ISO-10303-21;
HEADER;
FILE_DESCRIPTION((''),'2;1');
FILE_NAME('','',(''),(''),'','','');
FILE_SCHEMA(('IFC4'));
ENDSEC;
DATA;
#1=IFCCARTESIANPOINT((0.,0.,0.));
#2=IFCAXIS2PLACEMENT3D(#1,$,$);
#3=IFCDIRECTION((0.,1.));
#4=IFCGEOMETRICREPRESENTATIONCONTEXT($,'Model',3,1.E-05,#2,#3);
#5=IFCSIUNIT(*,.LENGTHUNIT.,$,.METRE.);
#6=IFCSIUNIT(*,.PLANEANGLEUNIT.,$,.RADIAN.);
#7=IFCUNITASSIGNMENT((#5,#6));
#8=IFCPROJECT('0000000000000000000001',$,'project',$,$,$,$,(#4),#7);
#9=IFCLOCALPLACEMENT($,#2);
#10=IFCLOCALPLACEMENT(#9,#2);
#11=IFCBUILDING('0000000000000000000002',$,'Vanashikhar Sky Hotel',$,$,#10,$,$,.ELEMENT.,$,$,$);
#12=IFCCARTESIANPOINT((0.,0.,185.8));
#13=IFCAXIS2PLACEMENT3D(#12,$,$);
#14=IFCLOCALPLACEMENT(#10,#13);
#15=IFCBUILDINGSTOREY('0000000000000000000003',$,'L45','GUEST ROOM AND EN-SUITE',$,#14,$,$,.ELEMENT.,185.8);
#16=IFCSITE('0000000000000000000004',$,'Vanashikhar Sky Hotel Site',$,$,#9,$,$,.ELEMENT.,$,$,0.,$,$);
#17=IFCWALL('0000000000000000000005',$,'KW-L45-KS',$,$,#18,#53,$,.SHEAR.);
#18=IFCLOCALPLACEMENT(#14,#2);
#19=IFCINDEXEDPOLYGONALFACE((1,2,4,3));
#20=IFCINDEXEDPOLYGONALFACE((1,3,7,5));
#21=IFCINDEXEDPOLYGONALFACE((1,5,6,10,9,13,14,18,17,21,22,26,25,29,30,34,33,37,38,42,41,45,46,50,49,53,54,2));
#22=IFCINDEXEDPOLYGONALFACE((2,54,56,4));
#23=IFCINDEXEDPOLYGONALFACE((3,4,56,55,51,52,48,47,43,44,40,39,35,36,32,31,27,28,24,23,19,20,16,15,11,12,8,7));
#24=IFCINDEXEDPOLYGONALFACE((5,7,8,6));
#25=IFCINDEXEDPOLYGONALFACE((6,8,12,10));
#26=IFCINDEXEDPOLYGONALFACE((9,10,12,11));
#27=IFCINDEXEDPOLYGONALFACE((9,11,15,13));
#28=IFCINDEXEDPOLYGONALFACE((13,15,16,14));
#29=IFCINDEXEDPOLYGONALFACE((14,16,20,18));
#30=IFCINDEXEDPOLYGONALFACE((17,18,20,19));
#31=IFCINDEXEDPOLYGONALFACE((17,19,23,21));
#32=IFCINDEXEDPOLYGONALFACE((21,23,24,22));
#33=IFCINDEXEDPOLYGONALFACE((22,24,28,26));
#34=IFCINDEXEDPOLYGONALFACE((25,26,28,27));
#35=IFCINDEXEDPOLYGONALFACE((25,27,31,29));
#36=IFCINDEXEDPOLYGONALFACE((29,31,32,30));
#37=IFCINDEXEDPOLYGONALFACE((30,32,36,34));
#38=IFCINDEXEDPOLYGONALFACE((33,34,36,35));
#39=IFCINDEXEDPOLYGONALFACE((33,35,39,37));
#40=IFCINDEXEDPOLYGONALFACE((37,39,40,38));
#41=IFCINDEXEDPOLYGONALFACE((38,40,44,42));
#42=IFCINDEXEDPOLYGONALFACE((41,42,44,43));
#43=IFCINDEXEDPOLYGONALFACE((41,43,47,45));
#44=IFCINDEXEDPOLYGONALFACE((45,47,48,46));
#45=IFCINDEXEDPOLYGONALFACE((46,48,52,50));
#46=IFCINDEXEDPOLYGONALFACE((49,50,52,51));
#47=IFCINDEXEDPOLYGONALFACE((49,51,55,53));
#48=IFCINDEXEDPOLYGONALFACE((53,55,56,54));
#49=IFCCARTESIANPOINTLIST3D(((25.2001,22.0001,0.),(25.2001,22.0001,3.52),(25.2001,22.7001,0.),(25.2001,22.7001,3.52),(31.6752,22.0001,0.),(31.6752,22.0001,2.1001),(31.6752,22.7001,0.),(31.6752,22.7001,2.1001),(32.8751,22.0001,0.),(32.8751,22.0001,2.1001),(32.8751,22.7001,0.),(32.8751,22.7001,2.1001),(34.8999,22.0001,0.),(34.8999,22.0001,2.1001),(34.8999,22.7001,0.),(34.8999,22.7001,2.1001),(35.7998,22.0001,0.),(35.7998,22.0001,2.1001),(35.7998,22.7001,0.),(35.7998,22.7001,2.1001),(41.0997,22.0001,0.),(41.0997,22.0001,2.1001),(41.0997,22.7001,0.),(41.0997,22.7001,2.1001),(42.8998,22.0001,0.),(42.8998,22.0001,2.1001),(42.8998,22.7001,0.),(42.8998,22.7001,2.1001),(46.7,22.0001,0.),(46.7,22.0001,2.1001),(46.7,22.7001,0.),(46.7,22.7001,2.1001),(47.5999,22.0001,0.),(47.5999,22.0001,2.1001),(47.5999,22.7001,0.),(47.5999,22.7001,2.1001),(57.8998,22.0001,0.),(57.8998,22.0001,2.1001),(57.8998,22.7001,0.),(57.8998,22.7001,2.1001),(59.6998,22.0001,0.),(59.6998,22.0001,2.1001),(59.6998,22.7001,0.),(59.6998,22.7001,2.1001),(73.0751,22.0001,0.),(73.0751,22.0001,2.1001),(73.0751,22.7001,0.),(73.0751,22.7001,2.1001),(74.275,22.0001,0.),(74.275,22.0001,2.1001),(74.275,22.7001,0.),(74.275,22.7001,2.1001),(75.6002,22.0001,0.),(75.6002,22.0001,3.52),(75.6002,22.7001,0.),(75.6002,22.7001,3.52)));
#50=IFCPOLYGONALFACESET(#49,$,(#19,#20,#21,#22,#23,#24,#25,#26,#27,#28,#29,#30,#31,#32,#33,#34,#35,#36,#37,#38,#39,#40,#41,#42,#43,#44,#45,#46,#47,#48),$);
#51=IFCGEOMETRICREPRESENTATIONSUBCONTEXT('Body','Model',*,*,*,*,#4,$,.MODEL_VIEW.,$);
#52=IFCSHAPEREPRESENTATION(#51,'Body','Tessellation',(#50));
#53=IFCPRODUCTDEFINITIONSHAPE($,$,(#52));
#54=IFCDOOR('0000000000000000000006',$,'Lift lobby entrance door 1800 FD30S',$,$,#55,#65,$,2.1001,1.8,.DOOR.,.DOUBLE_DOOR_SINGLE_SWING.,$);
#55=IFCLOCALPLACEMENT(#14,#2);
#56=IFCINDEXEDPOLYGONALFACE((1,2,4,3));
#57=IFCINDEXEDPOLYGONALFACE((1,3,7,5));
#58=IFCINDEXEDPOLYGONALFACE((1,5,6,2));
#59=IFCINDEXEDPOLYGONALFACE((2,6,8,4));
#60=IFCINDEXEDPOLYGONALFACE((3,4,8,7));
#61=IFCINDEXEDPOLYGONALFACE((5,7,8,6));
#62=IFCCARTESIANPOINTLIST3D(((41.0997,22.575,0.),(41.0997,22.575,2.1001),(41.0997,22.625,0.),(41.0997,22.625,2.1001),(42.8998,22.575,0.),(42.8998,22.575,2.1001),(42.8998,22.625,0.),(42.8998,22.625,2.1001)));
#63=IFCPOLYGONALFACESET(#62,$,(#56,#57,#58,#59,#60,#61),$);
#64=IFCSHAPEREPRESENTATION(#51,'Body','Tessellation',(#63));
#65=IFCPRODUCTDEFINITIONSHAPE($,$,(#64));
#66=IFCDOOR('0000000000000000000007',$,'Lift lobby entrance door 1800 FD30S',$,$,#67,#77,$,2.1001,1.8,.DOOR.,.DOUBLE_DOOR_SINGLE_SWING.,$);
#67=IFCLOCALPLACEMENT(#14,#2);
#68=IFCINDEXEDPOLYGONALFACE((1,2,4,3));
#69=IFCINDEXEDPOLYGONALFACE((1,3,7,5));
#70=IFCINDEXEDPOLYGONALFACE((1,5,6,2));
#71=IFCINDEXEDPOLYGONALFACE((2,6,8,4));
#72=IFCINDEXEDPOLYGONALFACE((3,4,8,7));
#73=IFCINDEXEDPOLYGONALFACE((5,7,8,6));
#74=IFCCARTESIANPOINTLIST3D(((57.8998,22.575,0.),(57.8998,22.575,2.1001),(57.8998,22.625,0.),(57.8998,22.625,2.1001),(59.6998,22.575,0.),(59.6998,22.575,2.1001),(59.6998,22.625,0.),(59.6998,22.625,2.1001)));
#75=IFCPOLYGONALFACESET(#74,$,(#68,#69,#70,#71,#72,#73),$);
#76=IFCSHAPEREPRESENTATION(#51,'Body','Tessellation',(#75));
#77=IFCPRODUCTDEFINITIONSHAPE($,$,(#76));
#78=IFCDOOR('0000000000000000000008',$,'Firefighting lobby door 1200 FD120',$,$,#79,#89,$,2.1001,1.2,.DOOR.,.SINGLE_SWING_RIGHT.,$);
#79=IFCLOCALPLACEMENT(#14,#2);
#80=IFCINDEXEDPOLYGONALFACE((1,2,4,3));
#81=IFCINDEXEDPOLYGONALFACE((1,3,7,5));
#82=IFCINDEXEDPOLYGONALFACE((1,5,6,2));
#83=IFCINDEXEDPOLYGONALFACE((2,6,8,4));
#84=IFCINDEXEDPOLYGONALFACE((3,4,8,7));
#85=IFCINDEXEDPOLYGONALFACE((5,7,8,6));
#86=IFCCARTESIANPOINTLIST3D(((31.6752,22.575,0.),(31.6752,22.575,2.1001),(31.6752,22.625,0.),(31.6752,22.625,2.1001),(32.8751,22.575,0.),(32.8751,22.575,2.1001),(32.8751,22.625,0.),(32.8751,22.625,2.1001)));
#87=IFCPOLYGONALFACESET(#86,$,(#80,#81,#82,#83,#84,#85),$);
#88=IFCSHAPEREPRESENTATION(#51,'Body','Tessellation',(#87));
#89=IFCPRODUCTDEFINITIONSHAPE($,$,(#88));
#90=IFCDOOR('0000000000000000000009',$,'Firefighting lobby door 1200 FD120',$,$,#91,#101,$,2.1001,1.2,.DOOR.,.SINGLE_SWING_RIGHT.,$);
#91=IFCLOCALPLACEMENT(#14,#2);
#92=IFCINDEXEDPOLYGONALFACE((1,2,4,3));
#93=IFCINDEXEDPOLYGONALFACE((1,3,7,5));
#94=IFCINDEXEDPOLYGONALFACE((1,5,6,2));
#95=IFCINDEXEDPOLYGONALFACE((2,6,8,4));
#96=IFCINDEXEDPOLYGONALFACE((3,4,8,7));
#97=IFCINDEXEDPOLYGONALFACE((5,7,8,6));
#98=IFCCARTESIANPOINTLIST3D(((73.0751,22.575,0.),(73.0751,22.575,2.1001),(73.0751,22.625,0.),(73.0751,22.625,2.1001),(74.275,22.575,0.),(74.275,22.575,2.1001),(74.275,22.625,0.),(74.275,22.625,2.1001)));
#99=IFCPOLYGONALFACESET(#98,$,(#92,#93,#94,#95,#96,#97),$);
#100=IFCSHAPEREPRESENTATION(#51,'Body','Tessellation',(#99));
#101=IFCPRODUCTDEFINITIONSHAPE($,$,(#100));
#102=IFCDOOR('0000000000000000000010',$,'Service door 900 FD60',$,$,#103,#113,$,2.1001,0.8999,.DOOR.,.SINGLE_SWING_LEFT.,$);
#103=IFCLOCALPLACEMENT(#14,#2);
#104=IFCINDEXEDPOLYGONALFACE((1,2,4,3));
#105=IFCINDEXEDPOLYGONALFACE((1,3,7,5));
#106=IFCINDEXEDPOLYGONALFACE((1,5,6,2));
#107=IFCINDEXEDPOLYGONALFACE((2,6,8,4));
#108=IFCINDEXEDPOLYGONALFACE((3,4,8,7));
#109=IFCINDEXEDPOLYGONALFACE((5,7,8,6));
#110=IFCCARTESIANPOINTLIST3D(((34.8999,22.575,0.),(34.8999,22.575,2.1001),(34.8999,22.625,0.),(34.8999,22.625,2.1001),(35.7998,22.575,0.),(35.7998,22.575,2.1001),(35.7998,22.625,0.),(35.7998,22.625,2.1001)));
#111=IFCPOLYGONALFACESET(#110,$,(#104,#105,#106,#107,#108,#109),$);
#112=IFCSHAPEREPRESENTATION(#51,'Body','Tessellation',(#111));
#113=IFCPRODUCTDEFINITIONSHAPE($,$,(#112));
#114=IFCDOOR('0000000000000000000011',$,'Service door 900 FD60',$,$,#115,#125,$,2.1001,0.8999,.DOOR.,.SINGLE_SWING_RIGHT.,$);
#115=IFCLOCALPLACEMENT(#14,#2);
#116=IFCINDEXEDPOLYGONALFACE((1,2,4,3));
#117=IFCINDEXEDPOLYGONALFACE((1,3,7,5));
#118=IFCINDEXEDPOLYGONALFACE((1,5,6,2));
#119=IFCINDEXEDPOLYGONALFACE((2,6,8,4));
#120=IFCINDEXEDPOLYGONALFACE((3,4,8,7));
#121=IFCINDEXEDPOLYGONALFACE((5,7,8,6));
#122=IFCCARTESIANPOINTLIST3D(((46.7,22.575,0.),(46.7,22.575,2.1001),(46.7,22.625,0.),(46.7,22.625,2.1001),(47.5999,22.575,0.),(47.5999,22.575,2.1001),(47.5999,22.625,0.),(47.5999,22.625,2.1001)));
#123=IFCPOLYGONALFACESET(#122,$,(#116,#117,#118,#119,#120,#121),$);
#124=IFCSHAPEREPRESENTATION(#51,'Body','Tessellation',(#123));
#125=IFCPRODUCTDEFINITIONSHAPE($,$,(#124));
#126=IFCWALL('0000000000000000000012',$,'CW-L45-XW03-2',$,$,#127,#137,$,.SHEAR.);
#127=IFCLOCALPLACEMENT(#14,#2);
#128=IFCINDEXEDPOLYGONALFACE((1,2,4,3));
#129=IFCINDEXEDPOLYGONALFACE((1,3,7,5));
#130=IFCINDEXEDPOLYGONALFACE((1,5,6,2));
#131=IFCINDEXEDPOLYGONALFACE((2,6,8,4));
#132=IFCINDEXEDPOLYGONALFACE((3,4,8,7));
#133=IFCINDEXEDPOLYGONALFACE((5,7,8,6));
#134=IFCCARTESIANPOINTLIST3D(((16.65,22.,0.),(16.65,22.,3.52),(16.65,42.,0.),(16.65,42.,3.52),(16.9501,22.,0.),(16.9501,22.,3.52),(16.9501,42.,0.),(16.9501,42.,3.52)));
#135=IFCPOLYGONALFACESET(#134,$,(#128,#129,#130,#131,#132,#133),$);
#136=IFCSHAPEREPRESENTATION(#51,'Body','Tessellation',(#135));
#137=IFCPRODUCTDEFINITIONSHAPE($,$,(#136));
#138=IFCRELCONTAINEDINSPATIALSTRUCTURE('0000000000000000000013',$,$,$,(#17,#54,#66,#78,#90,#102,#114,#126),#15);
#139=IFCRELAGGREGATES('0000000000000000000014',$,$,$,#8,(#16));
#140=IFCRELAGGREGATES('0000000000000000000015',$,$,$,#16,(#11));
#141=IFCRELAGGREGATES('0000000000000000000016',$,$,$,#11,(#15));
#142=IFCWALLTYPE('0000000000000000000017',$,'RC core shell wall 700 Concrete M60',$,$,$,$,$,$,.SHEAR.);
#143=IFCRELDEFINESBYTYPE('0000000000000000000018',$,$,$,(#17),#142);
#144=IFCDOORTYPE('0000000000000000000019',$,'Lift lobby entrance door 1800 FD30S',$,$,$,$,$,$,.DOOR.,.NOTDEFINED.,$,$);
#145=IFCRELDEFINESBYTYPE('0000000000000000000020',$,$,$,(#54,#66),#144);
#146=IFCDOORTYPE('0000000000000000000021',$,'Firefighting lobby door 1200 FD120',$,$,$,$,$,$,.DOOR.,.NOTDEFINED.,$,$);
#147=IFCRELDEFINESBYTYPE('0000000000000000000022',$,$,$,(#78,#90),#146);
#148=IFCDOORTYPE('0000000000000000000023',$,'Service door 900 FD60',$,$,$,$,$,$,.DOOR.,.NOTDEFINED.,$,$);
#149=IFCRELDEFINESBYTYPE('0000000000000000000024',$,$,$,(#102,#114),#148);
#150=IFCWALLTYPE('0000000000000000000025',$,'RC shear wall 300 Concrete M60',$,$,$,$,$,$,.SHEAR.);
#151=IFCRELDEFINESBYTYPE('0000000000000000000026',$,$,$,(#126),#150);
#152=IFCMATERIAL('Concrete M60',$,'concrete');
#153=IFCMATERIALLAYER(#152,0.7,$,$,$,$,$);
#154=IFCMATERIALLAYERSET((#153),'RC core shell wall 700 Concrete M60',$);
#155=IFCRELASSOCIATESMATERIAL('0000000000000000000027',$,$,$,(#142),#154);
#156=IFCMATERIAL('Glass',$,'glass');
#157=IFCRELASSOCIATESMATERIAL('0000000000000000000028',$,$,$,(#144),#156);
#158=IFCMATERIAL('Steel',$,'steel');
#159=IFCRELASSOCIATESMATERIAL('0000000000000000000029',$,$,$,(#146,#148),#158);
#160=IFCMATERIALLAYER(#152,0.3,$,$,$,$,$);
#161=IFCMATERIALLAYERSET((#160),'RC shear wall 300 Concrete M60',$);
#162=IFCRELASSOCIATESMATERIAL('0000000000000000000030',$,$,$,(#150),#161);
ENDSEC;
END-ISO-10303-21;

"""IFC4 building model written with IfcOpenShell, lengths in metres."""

from ifc_helpers import new_model, si_unit, direction, frame, frame_2d, origin, place, context, subcontext, project, spatial, rectangle, extrude, source, transform, mapped, material, layer, layer_set, type_object, element, fill, save


model = new_model("IFC4")

# Units and contexts
model_context = context("Model", 3, precision=1e-05, world=origin(), true_north=direction((0.0, 1.0)))
body_context = subcontext(model_context, "Body", "Model", "MODEL_VIEW")
ifc_project = project(units=[si_unit("LENGTHUNIT", "METRE"), si_unit("PLANEANGLEUNIT", "RADIAN")], contexts=[model_context])

# Site, building, storey
site_placement = place(None, origin())
site = spatial("IfcSite", under=ifc_project, at=site_placement, Name="Vanashikhar Sky Hotel Site", CompositionType="ELEMENT", RefElevation=0.0)
building_placement = place(site_placement, origin())
building = spatial("IfcBuilding", under=site, at=building_placement, Name="Vanashikhar Sky Hotel", CompositionType="ELEMENT")
storey_placement = place(building_placement, frame((0.0, 0.0, 185.8)))
storey = spatial("IfcBuildingStorey", under=building, at=storey_placement, Name="L45", Description="GUEST ROOM AND EN-SUITE", CompositionType="ELEMENT", Elevation=185.8)

# Wall, openings, doors
ifc_material_1 = material(Name="Concrete M60", Category="concrete")
ifc_layer_1 = layer(ifc_material_1, 0.7)
ifc_layer_set_1 = layer_set([ifc_layer_1], Name="RC core shell wall 700 Concrete M60")
wall_type_1 = type_object("IfcWallType", Name="RC core shell wall 700 Concrete M60", PredefinedType="SHEAR", material=ifc_layer_set_1)
shared_shape_1 = source(origin(), body_context, "Body", "SweptSolid", [
    extrude(rectangle(XDim=50.4001, YDim=0.7, at=frame_2d((25.2002, 0.0))), origin(), (0.0, 0.0, 1.0), 3.52),
])
wall_1_placement = place(storey_placement, frame((25.2, 22.3501, 0.0), z_axis=(0.0, 0.0, 1.0), x_axis=(1.0, 0.0, 0.0)))
wall_1 = element("IfcWall", 1, at=wall_1_placement, inside=storey, type_object=wall_type_1, Name="KW-L45-KS", PredefinedType="SHEAR", context=body_context, shape_type="MappedRepresentation", body=[
    mapped(shared_shape_1, transform((0.0, 0.0, 0.0), scale=1.0)),
])
shared_shape_2 = source(origin(), body_context, "Body", "SweptSolid", [
    extrude(rectangle(XDim=1.8, YDim=2.1001, at=frame_2d((0.8999, 1.05))), frame((0.0, 0.3599, 0.0), z_axis=(0.0, -1.0, 0.0), x_axis=(1.0, 0.0, 0.0)), (0.0, 0.0, 1.0), 0.72),
])
opening_1_placement = place(wall_1_placement, frame((15.8999, 0.0, 0.0)))
opening_1 = element("IfcOpeningElement", 2, at=opening_1_placement, cuts=wall_1, PredefinedType="OPENING", context=body_context, shape_type="MappedRepresentation", body=[
    mapped(shared_shape_2, transform((0.0, 0.0, 0.0), scale=1.0)),
])
shared_shape_3 = source(origin(), body_context, "Body", "SweptSolid", [
    extrude(rectangle(XDim=0.8999, YDim=2.1001, at=frame_2d((0.45, 1.05))), frame((0.0, 0.3599, 0.0), z_axis=(0.0, -1.0, 0.0), x_axis=(1.0, 0.0, 0.0)), (0.0, 0.0, 1.0), 0.72),
])
opening_2_placement = place(wall_1_placement, frame((9.7, 0.0, 0.0)))
opening_2 = element("IfcOpeningElement", 3, at=opening_2_placement, cuts=wall_1, PredefinedType="OPENING", context=body_context, shape_type="MappedRepresentation", body=[
    mapped(shared_shape_3, transform((0.0, 0.0, 0.0), scale=1.0)),
])
opening_3_placement = place(wall_1_placement, frame((21.5, 0.0, 0.0)))
opening_3 = element("IfcOpeningElement", 4, at=opening_3_placement, cuts=wall_1, PredefinedType="OPENING", context=body_context, shape_type="MappedRepresentation", body=[
    mapped(shared_shape_3, transform((0.0, 0.0, 0.0), scale=1.0)),
])
opening_4_placement = place(wall_1_placement, frame((32.7, 0.0, 0.0)))
opening_4 = element("IfcOpeningElement", 5, at=opening_4_placement, cuts=wall_1, PredefinedType="OPENING", context=body_context, shape_type="MappedRepresentation", body=[
    mapped(shared_shape_2, transform((0.0, 0.0, 0.0), scale=1.0)),
])
shared_shape_4 = source(origin(), body_context, "Body", "SweptSolid", [
    extrude(rectangle(XDim=1.2, YDim=2.1001, at=frame_2d((0.6001, 1.05))), frame((0.0, 0.3599, 0.0), z_axis=(0.0, -1.0, 0.0), x_axis=(1.0, 0.0, 0.0)), (0.0, 0.0, 1.0), 0.72),
])
opening_5_placement = place(wall_1_placement, frame((6.4751, 0.0, 0.0)))
opening_5 = element("IfcOpeningElement", 6, at=opening_5_placement, cuts=wall_1, PredefinedType="OPENING", context=body_context, shape_type="MappedRepresentation", body=[
    mapped(shared_shape_4, transform((0.0, 0.0, 0.0), scale=1.0)),
])
opening_6_placement = place(wall_1_placement, frame((47.875, 0.0, 0.0)))
opening_6 = element("IfcOpeningElement", 7, at=opening_6_placement, cuts=wall_1, PredefinedType="OPENING", context=body_context, shape_type="MappedRepresentation", body=[
    mapped(shared_shape_4, transform((0.0, 0.0, 0.0), scale=1.0)),
])
ifc_material_2 = material(Name="Glass", Category="glass")
door_type_1 = type_object("IfcDoorType", Name="Lift lobby entrance door 1800 FD30S", OperationType="NOTDEFINED", PredefinedType="DOOR", material=ifc_material_2)
shared_shape_5 = source(origin(), body_context, "Body", "SweptSolid", [
    extrude(rectangle(XDim=1.8, YDim=2.1001, at=frame_2d((0.8999, 1.05))), frame((0.0, 0.2749, 0.0), z_axis=(0.0, -1.0, 0.0), x_axis=(1.0, 0.0, 0.0)), (0.0, 0.0, 1.0), 0.05),
])
door_1_placement = place(opening_1_placement, origin())
door_1 = element("IfcDoor", 8, at=door_1_placement, inside=storey, type_object=door_type_1, Name="Lift lobby entrance door 1800 FD30S", OperationType="DOUBLE_DOOR_SINGLE_SWING", OverallHeight=2.1001, OverallWidth=1.8, PredefinedType="DOOR", context=body_context, shape_type="MappedRepresentation", body=[
    mapped(shared_shape_5, transform((0.0, 0.0, 0.0), scale=1.0)),
])
fill(opening_1, door_1)
door_2_placement = place(opening_4_placement, origin())
door_2 = element("IfcDoor", 9, at=door_2_placement, inside=storey, type_object=door_type_1, Name="Lift lobby entrance door 1800 FD30S", OperationType="DOUBLE_DOOR_SINGLE_SWING", OverallHeight=2.1001, OverallWidth=1.8, PredefinedType="DOOR", context=body_context, shape_type="MappedRepresentation", body=[
    mapped(shared_shape_5, transform((0.0, 0.0, 0.0), scale=1.0)),
])
fill(opening_4, door_2)
ifc_material_3 = material(Name="Steel", Category="steel")
door_type_2 = type_object("IfcDoorType", Name="Firefighting lobby door 1200 FD120", OperationType="NOTDEFINED", PredefinedType="DOOR", material=ifc_material_3)
shared_shape_6 = source(origin(), body_context, "Body", "SweptSolid", [
    extrude(rectangle(XDim=1.2, YDim=2.1001, at=frame_2d((0.6001, 1.05))), frame((0.0, 0.2749, 0.0), z_axis=(0.0, -1.0, 0.0), x_axis=(1.0, 0.0, 0.0)), (0.0, 0.0, 1.0), 0.05),
])
door_3_placement = place(opening_5_placement, origin())
door_3 = element("IfcDoor", 10, at=door_3_placement, inside=storey, type_object=door_type_2, Name="Firefighting lobby door 1200 FD120", OperationType="SINGLE_SWING_RIGHT", OverallHeight=2.1001, OverallWidth=1.2, PredefinedType="DOOR", context=body_context, shape_type="MappedRepresentation", body=[
    mapped(shared_shape_6, transform((0.0, 0.0, 0.0), scale=1.0)),
])
fill(opening_5, door_3)
door_4_placement = place(opening_6_placement, origin())
door_4 = element("IfcDoor", 11, at=door_4_placement, inside=storey, type_object=door_type_2, Name="Firefighting lobby door 1200 FD120", OperationType="SINGLE_SWING_RIGHT", OverallHeight=2.1001, OverallWidth=1.2, PredefinedType="DOOR", context=body_context, shape_type="MappedRepresentation", body=[
    mapped(shared_shape_6, transform((0.0, 0.0, 0.0), scale=1.0)),
])
fill(opening_6, door_4)
door_type_3 = type_object("IfcDoorType", Name="Service door 900 FD60", OperationType="NOTDEFINED", PredefinedType="DOOR", material=ifc_material_3)
shared_shape_7 = source(origin(), body_context, "Body", "SweptSolid", [
    extrude(rectangle(XDim=0.8999, YDim=2.1001, at=frame_2d((0.45, 1.05))), frame((0.0, 0.2749, 0.0), z_axis=(0.0, -1.0, 0.0), x_axis=(1.0, 0.0, 0.0)), (0.0, 0.0, 1.0), 0.05),
])
door_5_placement = place(opening_2_placement, origin())
door_5 = element("IfcDoor", 12, at=door_5_placement, inside=storey, type_object=door_type_3, Name="Service door 900 FD60", OperationType="SINGLE_SWING_LEFT", OverallHeight=2.1001, OverallWidth=0.8999, PredefinedType="DOOR", context=body_context, shape_type="MappedRepresentation", body=[
    mapped(shared_shape_7, transform((0.0, 0.0, 0.0), scale=1.0)),
])
fill(opening_2, door_5)
door_6_placement = place(opening_3_placement, origin())
door_6 = element("IfcDoor", 13, at=door_6_placement, inside=storey, type_object=door_type_3, Name="Service door 900 FD60", OperationType="SINGLE_SWING_RIGHT", OverallHeight=2.1001, OverallWidth=0.8999, PredefinedType="DOOR", context=body_context, shape_type="MappedRepresentation", body=[
    mapped(shared_shape_7, transform((0.0, 0.0, 0.0), scale=1.0)),
])
fill(opening_3, door_6)

# Wall
ifc_layer_2 = layer(ifc_material_1, 0.3)
ifc_layer_set_2 = layer_set([ifc_layer_2], Name="RC shear wall 300 Concrete M60")
wall_type_2 = type_object("IfcWallType", Name="RC shear wall 300 Concrete M60", PredefinedType="SHEAR", material=ifc_layer_set_2)
shared_shape_8 = source(origin(), body_context, "Body", "SweptSolid", [
    extrude(rectangle(XDim=20.0, YDim=0.3, at=frame_2d((10.0, 0.0))), origin(), (0.0, 0.0, 1.0), 3.52),
])
wall_2_placement = place(storey_placement, frame((16.8, 22.0, 0.0), z_axis=(0.0, 0.0, 1.0), x_axis=(0.0, 1.0, 0.0)))
element("IfcWall", 14, at=wall_2_placement, inside=storey, type_object=wall_type_2, Name="CW-L45-XW03-2", PredefinedType="SHEAR", context=body_context, shape_type="MappedRepresentation", body=[
    mapped(shared_shape_8, transform((0.0, 0.0, 0.0), scale=1.0)),
])

save(model, "model.ifc")
